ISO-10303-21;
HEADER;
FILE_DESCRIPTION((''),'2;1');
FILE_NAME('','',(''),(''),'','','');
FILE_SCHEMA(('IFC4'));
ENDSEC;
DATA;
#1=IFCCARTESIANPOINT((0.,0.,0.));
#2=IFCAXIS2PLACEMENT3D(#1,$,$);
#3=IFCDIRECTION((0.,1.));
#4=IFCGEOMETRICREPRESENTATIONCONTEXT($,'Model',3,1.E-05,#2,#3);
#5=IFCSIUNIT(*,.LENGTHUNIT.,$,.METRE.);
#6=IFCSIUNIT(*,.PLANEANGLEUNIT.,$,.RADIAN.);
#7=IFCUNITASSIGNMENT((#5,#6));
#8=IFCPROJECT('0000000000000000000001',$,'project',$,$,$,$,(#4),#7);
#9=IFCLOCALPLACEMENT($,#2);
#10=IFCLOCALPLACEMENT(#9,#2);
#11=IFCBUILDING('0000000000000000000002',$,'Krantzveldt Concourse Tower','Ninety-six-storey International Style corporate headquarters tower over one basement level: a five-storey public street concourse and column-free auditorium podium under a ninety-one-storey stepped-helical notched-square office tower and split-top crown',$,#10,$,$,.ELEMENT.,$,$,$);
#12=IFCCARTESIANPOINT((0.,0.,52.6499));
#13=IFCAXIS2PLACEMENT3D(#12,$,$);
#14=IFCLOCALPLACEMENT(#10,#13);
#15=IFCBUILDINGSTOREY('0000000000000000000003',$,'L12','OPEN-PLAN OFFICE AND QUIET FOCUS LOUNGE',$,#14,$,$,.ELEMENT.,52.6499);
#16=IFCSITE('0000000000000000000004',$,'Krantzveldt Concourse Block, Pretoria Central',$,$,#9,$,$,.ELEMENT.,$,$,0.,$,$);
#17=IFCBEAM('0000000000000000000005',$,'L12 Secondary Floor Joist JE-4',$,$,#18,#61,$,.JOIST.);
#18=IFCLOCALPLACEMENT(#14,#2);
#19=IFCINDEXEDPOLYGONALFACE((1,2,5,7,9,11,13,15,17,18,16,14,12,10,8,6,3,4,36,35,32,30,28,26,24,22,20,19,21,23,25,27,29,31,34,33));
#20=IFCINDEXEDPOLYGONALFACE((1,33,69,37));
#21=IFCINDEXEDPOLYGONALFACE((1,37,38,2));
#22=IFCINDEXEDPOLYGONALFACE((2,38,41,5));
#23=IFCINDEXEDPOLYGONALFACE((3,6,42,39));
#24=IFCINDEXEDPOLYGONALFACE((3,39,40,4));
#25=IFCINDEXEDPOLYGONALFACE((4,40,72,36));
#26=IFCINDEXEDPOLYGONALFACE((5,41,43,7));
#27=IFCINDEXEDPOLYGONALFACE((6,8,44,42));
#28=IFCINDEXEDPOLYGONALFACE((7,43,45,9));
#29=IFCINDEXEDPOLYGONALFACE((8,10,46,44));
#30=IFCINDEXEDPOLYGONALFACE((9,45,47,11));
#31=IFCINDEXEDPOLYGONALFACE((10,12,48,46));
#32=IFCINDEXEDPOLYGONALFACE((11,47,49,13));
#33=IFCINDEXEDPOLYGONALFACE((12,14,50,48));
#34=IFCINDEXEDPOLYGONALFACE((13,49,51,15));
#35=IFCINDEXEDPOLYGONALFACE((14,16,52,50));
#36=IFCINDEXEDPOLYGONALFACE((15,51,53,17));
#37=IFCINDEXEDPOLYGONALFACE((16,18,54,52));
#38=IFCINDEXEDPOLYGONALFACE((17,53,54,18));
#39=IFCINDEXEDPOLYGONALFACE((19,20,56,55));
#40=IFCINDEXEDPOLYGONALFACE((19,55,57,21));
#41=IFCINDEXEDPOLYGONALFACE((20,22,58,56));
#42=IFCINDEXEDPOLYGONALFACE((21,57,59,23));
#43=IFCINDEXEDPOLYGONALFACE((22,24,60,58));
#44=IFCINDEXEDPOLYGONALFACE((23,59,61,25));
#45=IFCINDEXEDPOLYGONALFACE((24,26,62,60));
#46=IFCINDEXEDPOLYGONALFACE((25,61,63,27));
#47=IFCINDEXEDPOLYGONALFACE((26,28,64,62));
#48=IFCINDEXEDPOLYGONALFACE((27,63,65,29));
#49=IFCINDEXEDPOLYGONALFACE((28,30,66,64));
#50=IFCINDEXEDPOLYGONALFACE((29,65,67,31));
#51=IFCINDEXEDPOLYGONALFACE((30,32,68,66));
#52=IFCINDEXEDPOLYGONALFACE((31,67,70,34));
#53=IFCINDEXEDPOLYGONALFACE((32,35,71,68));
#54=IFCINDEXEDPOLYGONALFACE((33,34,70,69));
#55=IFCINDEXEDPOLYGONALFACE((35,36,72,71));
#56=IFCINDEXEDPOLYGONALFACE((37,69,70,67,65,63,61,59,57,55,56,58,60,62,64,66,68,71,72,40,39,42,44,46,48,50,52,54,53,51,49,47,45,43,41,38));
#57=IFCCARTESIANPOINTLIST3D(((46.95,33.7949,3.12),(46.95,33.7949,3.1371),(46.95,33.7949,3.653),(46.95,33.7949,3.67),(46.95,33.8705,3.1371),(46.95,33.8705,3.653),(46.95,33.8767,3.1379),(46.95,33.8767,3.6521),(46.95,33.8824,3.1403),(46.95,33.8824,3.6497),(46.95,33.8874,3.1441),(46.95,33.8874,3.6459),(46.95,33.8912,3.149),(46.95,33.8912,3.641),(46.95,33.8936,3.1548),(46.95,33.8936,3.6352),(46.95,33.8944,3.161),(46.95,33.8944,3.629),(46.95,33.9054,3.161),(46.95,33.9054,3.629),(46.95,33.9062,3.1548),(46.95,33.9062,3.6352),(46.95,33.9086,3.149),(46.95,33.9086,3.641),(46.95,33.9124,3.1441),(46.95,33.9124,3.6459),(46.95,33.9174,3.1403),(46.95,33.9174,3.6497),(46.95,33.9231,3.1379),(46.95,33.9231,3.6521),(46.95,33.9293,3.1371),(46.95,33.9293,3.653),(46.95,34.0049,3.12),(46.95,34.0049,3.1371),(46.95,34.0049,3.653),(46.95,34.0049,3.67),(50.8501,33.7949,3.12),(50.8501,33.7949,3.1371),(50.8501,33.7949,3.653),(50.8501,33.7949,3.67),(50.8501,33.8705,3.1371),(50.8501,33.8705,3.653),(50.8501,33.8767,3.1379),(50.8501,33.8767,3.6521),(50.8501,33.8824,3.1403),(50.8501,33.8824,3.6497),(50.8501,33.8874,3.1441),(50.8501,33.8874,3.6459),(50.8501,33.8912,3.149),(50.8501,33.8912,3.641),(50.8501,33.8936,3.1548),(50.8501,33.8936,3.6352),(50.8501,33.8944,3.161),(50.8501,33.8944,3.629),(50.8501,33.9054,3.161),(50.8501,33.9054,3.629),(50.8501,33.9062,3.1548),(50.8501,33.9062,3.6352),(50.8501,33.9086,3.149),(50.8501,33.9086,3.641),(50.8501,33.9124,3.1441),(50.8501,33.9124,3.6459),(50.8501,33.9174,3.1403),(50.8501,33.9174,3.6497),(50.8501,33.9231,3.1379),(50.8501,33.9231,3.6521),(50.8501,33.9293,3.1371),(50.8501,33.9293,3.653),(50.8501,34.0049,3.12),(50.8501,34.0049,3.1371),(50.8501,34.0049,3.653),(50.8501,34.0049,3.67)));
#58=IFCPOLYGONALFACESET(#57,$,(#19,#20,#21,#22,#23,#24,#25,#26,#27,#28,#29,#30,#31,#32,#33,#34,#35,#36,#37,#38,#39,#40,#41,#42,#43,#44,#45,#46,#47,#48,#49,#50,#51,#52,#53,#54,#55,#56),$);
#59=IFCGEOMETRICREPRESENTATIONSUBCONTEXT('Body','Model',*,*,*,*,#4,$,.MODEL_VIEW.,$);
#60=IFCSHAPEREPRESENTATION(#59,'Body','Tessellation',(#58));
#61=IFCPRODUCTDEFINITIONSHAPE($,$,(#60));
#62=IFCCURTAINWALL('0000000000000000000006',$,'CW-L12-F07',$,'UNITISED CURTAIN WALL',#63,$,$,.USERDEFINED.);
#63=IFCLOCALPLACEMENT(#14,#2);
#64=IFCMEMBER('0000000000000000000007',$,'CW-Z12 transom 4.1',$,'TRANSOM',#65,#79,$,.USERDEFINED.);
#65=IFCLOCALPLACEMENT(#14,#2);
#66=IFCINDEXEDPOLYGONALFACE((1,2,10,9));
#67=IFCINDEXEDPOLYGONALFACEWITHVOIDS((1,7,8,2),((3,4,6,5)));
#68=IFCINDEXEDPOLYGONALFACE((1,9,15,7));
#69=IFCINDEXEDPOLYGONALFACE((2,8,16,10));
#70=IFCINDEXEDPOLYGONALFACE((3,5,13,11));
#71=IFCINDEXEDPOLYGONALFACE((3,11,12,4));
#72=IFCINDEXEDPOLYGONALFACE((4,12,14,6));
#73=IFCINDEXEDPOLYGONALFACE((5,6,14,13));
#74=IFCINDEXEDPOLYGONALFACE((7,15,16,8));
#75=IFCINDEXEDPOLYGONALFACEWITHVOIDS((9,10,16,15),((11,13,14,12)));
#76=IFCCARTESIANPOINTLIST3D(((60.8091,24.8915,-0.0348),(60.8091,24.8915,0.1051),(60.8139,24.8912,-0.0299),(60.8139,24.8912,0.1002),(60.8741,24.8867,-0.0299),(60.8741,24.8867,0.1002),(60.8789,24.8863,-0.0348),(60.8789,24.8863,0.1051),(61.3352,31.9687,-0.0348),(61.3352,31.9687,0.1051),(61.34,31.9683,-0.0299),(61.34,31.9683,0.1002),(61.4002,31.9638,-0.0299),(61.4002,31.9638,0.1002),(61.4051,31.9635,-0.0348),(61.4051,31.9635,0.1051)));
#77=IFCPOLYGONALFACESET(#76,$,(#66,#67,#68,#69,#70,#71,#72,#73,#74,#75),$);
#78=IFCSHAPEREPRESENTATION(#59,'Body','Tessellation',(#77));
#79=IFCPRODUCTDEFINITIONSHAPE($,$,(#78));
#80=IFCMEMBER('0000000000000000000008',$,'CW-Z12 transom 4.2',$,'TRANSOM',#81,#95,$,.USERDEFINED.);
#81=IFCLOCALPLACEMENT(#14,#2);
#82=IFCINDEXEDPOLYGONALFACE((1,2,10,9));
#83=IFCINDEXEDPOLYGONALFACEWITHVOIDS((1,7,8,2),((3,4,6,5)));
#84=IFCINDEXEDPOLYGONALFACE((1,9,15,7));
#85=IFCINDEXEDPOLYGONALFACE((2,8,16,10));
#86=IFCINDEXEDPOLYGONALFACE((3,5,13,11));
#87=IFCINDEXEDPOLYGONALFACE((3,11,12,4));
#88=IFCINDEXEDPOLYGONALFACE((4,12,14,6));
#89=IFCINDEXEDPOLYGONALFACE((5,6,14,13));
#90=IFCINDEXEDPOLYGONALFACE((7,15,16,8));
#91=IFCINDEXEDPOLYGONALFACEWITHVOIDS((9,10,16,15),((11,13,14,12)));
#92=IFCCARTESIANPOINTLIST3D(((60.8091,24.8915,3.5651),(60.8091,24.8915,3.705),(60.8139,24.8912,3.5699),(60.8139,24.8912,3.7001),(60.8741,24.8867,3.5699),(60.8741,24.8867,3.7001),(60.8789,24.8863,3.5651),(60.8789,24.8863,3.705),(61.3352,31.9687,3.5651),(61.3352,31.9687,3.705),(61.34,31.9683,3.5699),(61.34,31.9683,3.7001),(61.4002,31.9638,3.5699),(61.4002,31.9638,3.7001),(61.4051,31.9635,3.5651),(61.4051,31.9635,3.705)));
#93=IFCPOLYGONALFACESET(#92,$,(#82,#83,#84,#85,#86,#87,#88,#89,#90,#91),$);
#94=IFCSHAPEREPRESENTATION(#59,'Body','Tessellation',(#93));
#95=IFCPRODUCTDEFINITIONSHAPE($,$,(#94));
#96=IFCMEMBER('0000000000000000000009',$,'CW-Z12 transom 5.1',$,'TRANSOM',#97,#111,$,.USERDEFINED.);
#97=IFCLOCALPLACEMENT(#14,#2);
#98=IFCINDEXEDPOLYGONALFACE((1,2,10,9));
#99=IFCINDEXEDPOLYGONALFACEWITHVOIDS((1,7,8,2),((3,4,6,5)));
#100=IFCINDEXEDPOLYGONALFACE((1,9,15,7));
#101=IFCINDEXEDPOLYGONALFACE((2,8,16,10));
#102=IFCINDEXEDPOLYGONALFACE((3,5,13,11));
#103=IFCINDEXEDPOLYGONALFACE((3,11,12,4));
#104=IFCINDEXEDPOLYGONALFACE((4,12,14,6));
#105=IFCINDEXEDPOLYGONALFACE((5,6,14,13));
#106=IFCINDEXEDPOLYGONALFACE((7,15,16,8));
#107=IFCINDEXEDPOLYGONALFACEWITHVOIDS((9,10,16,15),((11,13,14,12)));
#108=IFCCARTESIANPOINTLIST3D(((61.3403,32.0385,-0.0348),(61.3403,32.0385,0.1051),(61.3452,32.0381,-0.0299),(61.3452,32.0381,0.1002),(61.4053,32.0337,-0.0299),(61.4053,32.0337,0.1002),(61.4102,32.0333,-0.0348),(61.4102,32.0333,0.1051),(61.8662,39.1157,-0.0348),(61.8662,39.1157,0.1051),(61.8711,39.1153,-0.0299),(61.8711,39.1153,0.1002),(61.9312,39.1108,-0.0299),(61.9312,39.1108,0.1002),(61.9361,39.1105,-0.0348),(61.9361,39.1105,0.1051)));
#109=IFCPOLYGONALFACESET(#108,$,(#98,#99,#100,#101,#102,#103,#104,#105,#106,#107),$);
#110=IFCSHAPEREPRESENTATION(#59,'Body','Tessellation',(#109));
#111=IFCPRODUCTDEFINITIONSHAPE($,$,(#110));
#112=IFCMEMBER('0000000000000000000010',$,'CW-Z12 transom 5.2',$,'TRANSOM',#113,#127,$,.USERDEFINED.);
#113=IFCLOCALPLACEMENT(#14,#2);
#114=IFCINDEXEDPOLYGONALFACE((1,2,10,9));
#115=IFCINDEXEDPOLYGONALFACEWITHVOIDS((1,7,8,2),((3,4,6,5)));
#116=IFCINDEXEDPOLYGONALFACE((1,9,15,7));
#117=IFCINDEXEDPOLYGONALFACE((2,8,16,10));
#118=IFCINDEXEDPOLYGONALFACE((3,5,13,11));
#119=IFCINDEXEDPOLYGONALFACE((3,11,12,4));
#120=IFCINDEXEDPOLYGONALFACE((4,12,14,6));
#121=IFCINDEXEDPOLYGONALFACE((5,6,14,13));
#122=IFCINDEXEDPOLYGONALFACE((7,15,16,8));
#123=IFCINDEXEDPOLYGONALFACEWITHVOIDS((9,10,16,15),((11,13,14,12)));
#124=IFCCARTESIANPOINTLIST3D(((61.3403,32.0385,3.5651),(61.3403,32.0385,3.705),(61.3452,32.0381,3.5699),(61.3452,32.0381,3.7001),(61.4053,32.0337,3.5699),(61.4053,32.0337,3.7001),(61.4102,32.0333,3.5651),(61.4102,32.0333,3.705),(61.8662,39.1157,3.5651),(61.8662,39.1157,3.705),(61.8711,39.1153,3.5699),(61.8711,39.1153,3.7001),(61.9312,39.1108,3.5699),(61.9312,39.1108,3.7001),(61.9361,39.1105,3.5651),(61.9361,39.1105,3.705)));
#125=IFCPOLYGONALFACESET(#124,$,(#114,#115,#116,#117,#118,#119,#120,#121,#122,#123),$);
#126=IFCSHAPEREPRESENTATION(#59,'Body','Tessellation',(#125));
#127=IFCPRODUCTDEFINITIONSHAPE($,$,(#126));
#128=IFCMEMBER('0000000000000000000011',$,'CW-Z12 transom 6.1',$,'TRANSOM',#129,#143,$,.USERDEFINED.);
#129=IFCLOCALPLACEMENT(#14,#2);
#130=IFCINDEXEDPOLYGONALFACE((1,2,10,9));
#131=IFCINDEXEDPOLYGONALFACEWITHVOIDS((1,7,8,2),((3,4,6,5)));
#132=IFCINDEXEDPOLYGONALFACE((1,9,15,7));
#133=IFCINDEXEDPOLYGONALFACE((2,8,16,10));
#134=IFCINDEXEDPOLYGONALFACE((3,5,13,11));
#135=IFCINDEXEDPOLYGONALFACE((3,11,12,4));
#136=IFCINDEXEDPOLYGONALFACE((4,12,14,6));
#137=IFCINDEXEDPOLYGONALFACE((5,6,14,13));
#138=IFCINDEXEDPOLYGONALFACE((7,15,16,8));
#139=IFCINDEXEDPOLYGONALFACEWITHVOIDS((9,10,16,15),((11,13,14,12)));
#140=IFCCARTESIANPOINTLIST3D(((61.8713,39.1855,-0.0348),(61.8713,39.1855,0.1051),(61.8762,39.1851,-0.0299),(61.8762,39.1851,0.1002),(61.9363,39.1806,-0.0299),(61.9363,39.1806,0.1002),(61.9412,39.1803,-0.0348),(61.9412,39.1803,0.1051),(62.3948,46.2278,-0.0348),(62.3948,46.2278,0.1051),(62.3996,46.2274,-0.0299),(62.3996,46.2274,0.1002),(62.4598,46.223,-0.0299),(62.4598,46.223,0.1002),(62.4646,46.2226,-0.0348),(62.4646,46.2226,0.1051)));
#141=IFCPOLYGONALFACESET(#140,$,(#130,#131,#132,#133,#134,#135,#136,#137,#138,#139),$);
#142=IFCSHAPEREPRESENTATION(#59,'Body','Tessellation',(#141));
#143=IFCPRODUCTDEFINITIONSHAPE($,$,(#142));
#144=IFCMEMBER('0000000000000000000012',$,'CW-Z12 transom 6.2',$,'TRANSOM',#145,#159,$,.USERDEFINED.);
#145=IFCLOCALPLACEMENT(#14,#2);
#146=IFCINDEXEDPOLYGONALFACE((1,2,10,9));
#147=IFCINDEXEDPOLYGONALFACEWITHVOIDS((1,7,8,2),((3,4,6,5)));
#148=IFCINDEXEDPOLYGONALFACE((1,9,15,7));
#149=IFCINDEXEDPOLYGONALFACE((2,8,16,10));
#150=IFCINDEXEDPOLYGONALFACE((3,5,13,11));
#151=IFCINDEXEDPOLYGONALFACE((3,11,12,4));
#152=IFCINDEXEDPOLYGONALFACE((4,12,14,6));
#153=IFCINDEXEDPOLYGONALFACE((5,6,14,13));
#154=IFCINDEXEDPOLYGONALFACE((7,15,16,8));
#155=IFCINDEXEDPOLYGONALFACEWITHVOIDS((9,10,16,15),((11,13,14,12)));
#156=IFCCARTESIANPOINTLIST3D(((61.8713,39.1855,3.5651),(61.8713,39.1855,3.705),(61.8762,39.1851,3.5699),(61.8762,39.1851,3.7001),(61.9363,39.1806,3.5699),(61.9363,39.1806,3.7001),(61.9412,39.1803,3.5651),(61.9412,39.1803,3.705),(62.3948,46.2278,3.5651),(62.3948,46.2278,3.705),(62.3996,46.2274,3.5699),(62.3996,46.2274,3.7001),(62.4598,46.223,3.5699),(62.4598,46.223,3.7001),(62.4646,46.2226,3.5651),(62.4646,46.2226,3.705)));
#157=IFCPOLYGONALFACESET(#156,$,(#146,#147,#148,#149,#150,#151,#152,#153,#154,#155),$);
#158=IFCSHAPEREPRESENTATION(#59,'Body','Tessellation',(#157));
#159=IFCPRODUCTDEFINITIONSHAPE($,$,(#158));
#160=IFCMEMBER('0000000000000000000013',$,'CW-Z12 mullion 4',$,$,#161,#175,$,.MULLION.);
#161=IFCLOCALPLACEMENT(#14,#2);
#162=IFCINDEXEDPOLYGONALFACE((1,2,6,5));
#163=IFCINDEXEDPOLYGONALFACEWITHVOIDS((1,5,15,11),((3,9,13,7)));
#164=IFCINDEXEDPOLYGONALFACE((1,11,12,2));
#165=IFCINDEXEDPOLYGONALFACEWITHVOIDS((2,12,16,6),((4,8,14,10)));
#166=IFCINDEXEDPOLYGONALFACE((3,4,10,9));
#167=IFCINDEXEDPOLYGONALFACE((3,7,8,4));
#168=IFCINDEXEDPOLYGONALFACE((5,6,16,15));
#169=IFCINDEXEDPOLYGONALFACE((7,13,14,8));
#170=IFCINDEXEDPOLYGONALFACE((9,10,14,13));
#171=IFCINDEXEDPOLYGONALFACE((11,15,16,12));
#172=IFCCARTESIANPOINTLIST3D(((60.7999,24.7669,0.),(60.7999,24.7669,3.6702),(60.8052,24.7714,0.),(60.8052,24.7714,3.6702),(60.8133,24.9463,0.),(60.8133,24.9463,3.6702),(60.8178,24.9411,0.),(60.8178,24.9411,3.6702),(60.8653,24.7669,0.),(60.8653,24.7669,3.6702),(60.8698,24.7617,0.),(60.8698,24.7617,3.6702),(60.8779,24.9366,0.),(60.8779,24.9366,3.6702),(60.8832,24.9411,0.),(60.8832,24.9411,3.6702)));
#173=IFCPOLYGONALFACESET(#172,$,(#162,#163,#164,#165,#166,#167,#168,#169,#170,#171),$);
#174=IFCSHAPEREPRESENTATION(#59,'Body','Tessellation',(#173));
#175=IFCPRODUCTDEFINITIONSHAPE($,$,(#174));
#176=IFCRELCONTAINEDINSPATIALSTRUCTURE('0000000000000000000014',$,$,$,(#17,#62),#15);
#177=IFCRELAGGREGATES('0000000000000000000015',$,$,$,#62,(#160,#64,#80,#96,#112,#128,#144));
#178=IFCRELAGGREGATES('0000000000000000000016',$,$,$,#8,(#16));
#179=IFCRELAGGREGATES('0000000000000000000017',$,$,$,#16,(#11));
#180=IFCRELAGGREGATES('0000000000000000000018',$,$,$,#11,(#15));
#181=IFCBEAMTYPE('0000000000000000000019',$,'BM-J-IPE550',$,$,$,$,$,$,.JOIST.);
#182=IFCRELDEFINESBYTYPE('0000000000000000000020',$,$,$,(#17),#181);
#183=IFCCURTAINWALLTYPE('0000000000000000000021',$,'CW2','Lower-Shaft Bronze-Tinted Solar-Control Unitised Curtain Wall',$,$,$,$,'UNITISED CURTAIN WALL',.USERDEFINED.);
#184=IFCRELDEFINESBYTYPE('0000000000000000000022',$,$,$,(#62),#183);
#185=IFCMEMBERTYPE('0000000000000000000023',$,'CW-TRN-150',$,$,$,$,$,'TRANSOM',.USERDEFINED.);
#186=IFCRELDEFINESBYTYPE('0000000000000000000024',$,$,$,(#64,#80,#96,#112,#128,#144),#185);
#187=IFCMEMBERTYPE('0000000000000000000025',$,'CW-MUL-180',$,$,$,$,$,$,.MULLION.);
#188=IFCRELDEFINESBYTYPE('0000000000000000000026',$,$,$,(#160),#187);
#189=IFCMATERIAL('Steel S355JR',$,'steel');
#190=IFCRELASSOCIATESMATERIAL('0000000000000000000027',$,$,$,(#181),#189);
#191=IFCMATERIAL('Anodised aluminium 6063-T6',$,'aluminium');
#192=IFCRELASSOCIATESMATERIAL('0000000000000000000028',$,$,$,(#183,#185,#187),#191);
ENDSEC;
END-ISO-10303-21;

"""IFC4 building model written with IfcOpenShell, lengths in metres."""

from ifc_helpers import new_model, si_unit, direction, frame, origin, origin_2d, place, context, subcontext, project, spatial, hollow_rectangle, i_section, extrude, source, transform, mapped, material, material_profile, profile_set, type_object, type_shapes, element, aggregate, save


model = new_model("IFC4")

# Units and contexts
model_context = context("Model", 3, precision=1e-05, world=origin(), true_north=direction((0.0, 1.0)))
body_context = subcontext(model_context, "Body", "Model", "MODEL_VIEW")
ifc_project = project(units=[si_unit("LENGTHUNIT", "METRE"), si_unit("PLANEANGLEUNIT", "RADIAN")], contexts=[model_context])

# Site, building, storey
site_placement = place(None, origin())
site = spatial("IfcSite", under=ifc_project, at=site_placement, Name="Krantzveldt Concourse Block, Pretoria Central", CompositionType="ELEMENT", RefElevation=0.0)
building_placement = place(site_placement, origin())
building = spatial("IfcBuilding", under=site, at=building_placement, Name="Krantzveldt Concourse Tower", Description="Ninety-six-storey International Style corporate headquarters tower over one basement level: a five-storey public street concourse and column-free auditorium podium under a ninety-one-storey stepped-helical notched-square office tower and split-top crown", CompositionType="ELEMENT")
storey_placement = place(building_placement, frame((0.0, 0.0, 52.6499)))
storey = spatial("IfcBuildingStorey", under=building, at=storey_placement, Name="L12", Description="OPEN-PLAN OFFICE AND QUIET FOCUS LOUNGE", CompositionType="ELEMENT", Elevation=52.6499)

# Beam
ifc_material_1 = material(Name="Steel S355JR", Category="steel")
ifc_material_profile_1 = material_profile(ifc_material_1, i_section(OverallWidth=0.21, OverallDepth=0.55, WebThickness=0.011, FlangeThickness=0.0171, FilletRadius=0.0239, at=origin_2d()), Name="Steel S355JR", Category="steel")
ifc_profile_set_1 = profile_set([ifc_material_profile_1], Name="Steel S355JR - IPE 550")
beam_type_1 = type_object("IfcBeamType", Name="BM-J-IPE550", PredefinedType="JOIST", material=ifc_profile_set_1)
shared_shape_1 = source(origin(), body_context, "Body", "SweptSolid", [
    extrude(i_section(OverallWidth=0.21, OverallDepth=0.55, WebThickness=0.011, FlangeThickness=0.0171, FilletRadius=0.0239, at=origin_2d()), origin(), (0.0, 0.0, 1.0), 3.9001),
])
type_shapes(beam_type_1, [shared_shape_1])
for number, where, z_axis, x_axis, name in (
    (1, (46.95, 33.8999, 3.395), (1.0, 0.0, 0.0), (0.0, 1.0, 0.0), "L12 Secondary Floor Joist JE-4"),
):
    element("IfcBeam", number, at=place(storey_placement, frame(where, z_axis=z_axis, x_axis=x_axis)), inside=storey, type_object=beam_type_1, Name=name, PredefinedType="JOIST", context=body_context, shape_type="MappedRepresentation", body=[
        mapped(shared_shape_1, transform((0.0, 0.0, 0.0), x_axis=(1.0, 0.0, 0.0), y_axis=(0.0, 1.0, 0.0), z_axis=(0.0, 0.0, 1.0), scale=1.0)),
    ])

# Curtain wall, members
ifc_material_2 = material(Name="Anodised aluminium 6063-T6", Category="aluminium")
curtain_wall_type = type_object("IfcCurtainWallType", Name="CW2", Description="Lower-Shaft Bronze-Tinted Solar-Control Unitised Curtain Wall", ElementType="UNITISED CURTAIN WALL", PredefinedType="USERDEFINED", material=ifc_material_2)
curtain_wall_1_placement = place(storey_placement, origin())
curtain_wall_1 = element("IfcCurtainWall", 2, at=curtain_wall_1_placement, inside=storey, type_object=curtain_wall_type, Name="CW-L12-F07", ObjectType="UNITISED CURTAIN WALL", PredefinedType="USERDEFINED")
ifc_material_profile_2 = material_profile(ifc_material_2, hollow_rectangle(XDim=0.0701, YDim=0.1399, WallThickness=0.0049, at=origin_2d()), Name="Anodised aluminium 6063-T6", Category="aluminium")
ifc_profile_set_2 = profile_set([ifc_material_profile_2], Name="Anodised aluminium 6063-T6 - ALU-TRAN 140x70x5")
member_type_1 = type_object("IfcMemberType", Name="CW-TRN-150", ElementType="TRANSOM", PredefinedType="USERDEFINED", material=ifc_profile_set_2)
shared_shape_2 = source(origin(), body_context, "Body", "SweptSolid", [
    extrude(hollow_rectangle(XDim=0.0701, YDim=0.1399, WallThickness=0.0049, at=origin_2d()), origin(), (0.0, 0.0, 1.0), 7.0967),
])
member_1_placement = place(storey_placement, frame((60.844, 24.8889, 0.0352), z_axis=(0.074137, 0.997248, 0.0), x_axis=(-0.997248, 0.074137, 0.0)))
member_1 = element("IfcMember", 3, at=member_1_placement, type_object=member_type_1, Name="CW-Z12 transom 4.1", ObjectType="TRANSOM", PredefinedType="USERDEFINED", context=body_context, shape_type="MappedRepresentation", body=[
    mapped(shared_shape_2, transform((0.0, 0.0, 0.0), x_axis=(1.0, 0.0, 0.0), y_axis=(0.0, 1.0, 0.0), z_axis=(0.0, 0.0, 1.0), scale=1.0)),
])
member_2_placement = place(storey_placement, frame((60.844, 24.8889, 3.635), z_axis=(0.074137, 0.997248, 0.0), x_axis=(-0.997248, 0.074137, 0.0)))
member_2 = element("IfcMember", 4, at=member_2_placement, type_object=member_type_1, Name="CW-Z12 transom 4.2", ObjectType="TRANSOM", PredefinedType="USERDEFINED", context=body_context, shape_type="MappedRepresentation", body=[
    mapped(shared_shape_2, transform((0.0, 0.0, 0.0), x_axis=(1.0, 0.0, 0.0), y_axis=(0.0, 1.0, 0.0), z_axis=(0.0, 0.0, 1.0), scale=1.0)),
])
member_3_placement = place(storey_placement, frame((61.3752, 32.0359, 0.0352), z_axis=(0.074102, 0.997251, 0.0), x_axis=(-0.997251, 0.074102, 0.0)))
member_3 = element("IfcMember", 5, at=member_3_placement, type_object=member_type_1, Name="CW-Z12 transom 5.1", ObjectType="TRANSOM", PredefinedType="USERDEFINED", context=body_context, shape_type="MappedRepresentation", body=[
    mapped(shared_shape_2, transform((0.0, 0.0, 0.0), x_axis=(1.0, 0.0, 0.0), y_axis=(0.0, 1.0, 0.0), z_axis=(0.0, 0.0, 1.0), scale=1.0)),
])
member_4_placement = place(storey_placement, frame((61.3752, 32.0359, 3.635), z_axis=(0.074102, 0.997251, 0.0), x_axis=(-0.997251, 0.074102, 0.0)))
member_4 = element("IfcMember", 6, at=member_4_placement, type_object=member_type_1, Name="CW-Z12 transom 5.2", ObjectType="TRANSOM", PredefinedType="USERDEFINED", context=body_context, shape_type="MappedRepresentation", body=[
    mapped(shared_shape_2, transform((0.0, 0.0, 0.0), x_axis=(1.0, 0.0, 0.0), y_axis=(0.0, 1.0, 0.0), z_axis=(0.0, 0.0, 1.0), scale=1.0)),
])
shared_shape_3 = source(origin(), body_context, "Body", "SweptSolid", [
    extrude(hollow_rectangle(XDim=0.0701, YDim=0.1399, WallThickness=0.0049, at=origin_2d()), origin(), (0.0, 0.0, 1.0), 7.0618),
])
member_5_placement = place(storey_placement, frame((61.9062, 39.1829, 0.0352), z_axis=(0.074124, 0.997249, 0.0), x_axis=(-0.997249, 0.074124, 0.0)))
member_5 = element("IfcMember", 7, at=member_5_placement, type_object=member_type_1, Name="CW-Z12 transom 6.1", ObjectType="TRANSOM", PredefinedType="USERDEFINED", context=body_context, shape_type="MappedRepresentation", body=[
    mapped(shared_shape_3, transform((0.0, 0.0, 0.0), x_axis=(1.0, 0.0, 0.0), y_axis=(0.0, 1.0, 0.0), z_axis=(0.0, 0.0, 1.0), scale=1.0)),
])
member_6_placement = place(storey_placement, frame((61.9062, 39.1829, 3.635), z_axis=(0.074124, 0.997249, 0.0), x_axis=(-0.997249, 0.074124, 0.0)))
member_6 = element("IfcMember", 8, at=member_6_placement, type_object=member_type_1, Name="CW-Z12 transom 6.2", ObjectType="TRANSOM", PredefinedType="USERDEFINED", context=body_context, shape_type="MappedRepresentation", body=[
    mapped(shared_shape_3, transform((0.0, 0.0, 0.0), x_axis=(1.0, 0.0, 0.0), y_axis=(0.0, 1.0, 0.0), z_axis=(0.0, 0.0, 1.0), scale=1.0)),
])
ifc_material_profile_3 = material_profile(ifc_material_2, hollow_rectangle(XDim=0.0701, YDim=0.1799, WallThickness=0.0049, at=origin_2d()), Name="Anodised aluminium 6063-T6", Category="aluminium")
ifc_profile_set_3 = profile_set([ifc_material_profile_3], Name="Anodised aluminium 6063-T6 - ALU-MULL 180x70x5")
member_type_2 = type_object("IfcMemberType", Name="CW-MUL-180", PredefinedType="MULLION", material=ifc_profile_set_3)
shared_shape_4 = source(origin(), body_context, "Body", "SweptSolid", [
    extrude(hollow_rectangle(XDim=0.0701, YDim=0.1799, WallThickness=0.0049, at=origin_2d()), origin(), (0.0, 0.0, 1.0), 3.6702),
])
type_shapes(member_type_2, [shared_shape_4])
member_7_placement = place(storey_placement, frame((60.8416, 24.854, 0.0), z_axis=(0.0, 0.0, 1.0), x_axis=(-0.99725, 0.074109, 0.0)))
member_7 = element("IfcMember", 9, at=member_7_placement, type_object=member_type_2, Name="CW-Z12 mullion 4", PredefinedType="MULLION", context=body_context, shape_type="MappedRepresentation", body=[
    mapped(shared_shape_4, transform((0.0, 0.0, 0.0), x_axis=(1.0, 0.0, 0.0), y_axis=(0.0, 1.0, 0.0), z_axis=(0.0, 0.0, 1.0), scale=1.0)),
])

aggregate(curtain_wall_1, [member_7, member_1, member_2, member_3, member_4, member_5, member_6])

save(model, "model.ifc")
